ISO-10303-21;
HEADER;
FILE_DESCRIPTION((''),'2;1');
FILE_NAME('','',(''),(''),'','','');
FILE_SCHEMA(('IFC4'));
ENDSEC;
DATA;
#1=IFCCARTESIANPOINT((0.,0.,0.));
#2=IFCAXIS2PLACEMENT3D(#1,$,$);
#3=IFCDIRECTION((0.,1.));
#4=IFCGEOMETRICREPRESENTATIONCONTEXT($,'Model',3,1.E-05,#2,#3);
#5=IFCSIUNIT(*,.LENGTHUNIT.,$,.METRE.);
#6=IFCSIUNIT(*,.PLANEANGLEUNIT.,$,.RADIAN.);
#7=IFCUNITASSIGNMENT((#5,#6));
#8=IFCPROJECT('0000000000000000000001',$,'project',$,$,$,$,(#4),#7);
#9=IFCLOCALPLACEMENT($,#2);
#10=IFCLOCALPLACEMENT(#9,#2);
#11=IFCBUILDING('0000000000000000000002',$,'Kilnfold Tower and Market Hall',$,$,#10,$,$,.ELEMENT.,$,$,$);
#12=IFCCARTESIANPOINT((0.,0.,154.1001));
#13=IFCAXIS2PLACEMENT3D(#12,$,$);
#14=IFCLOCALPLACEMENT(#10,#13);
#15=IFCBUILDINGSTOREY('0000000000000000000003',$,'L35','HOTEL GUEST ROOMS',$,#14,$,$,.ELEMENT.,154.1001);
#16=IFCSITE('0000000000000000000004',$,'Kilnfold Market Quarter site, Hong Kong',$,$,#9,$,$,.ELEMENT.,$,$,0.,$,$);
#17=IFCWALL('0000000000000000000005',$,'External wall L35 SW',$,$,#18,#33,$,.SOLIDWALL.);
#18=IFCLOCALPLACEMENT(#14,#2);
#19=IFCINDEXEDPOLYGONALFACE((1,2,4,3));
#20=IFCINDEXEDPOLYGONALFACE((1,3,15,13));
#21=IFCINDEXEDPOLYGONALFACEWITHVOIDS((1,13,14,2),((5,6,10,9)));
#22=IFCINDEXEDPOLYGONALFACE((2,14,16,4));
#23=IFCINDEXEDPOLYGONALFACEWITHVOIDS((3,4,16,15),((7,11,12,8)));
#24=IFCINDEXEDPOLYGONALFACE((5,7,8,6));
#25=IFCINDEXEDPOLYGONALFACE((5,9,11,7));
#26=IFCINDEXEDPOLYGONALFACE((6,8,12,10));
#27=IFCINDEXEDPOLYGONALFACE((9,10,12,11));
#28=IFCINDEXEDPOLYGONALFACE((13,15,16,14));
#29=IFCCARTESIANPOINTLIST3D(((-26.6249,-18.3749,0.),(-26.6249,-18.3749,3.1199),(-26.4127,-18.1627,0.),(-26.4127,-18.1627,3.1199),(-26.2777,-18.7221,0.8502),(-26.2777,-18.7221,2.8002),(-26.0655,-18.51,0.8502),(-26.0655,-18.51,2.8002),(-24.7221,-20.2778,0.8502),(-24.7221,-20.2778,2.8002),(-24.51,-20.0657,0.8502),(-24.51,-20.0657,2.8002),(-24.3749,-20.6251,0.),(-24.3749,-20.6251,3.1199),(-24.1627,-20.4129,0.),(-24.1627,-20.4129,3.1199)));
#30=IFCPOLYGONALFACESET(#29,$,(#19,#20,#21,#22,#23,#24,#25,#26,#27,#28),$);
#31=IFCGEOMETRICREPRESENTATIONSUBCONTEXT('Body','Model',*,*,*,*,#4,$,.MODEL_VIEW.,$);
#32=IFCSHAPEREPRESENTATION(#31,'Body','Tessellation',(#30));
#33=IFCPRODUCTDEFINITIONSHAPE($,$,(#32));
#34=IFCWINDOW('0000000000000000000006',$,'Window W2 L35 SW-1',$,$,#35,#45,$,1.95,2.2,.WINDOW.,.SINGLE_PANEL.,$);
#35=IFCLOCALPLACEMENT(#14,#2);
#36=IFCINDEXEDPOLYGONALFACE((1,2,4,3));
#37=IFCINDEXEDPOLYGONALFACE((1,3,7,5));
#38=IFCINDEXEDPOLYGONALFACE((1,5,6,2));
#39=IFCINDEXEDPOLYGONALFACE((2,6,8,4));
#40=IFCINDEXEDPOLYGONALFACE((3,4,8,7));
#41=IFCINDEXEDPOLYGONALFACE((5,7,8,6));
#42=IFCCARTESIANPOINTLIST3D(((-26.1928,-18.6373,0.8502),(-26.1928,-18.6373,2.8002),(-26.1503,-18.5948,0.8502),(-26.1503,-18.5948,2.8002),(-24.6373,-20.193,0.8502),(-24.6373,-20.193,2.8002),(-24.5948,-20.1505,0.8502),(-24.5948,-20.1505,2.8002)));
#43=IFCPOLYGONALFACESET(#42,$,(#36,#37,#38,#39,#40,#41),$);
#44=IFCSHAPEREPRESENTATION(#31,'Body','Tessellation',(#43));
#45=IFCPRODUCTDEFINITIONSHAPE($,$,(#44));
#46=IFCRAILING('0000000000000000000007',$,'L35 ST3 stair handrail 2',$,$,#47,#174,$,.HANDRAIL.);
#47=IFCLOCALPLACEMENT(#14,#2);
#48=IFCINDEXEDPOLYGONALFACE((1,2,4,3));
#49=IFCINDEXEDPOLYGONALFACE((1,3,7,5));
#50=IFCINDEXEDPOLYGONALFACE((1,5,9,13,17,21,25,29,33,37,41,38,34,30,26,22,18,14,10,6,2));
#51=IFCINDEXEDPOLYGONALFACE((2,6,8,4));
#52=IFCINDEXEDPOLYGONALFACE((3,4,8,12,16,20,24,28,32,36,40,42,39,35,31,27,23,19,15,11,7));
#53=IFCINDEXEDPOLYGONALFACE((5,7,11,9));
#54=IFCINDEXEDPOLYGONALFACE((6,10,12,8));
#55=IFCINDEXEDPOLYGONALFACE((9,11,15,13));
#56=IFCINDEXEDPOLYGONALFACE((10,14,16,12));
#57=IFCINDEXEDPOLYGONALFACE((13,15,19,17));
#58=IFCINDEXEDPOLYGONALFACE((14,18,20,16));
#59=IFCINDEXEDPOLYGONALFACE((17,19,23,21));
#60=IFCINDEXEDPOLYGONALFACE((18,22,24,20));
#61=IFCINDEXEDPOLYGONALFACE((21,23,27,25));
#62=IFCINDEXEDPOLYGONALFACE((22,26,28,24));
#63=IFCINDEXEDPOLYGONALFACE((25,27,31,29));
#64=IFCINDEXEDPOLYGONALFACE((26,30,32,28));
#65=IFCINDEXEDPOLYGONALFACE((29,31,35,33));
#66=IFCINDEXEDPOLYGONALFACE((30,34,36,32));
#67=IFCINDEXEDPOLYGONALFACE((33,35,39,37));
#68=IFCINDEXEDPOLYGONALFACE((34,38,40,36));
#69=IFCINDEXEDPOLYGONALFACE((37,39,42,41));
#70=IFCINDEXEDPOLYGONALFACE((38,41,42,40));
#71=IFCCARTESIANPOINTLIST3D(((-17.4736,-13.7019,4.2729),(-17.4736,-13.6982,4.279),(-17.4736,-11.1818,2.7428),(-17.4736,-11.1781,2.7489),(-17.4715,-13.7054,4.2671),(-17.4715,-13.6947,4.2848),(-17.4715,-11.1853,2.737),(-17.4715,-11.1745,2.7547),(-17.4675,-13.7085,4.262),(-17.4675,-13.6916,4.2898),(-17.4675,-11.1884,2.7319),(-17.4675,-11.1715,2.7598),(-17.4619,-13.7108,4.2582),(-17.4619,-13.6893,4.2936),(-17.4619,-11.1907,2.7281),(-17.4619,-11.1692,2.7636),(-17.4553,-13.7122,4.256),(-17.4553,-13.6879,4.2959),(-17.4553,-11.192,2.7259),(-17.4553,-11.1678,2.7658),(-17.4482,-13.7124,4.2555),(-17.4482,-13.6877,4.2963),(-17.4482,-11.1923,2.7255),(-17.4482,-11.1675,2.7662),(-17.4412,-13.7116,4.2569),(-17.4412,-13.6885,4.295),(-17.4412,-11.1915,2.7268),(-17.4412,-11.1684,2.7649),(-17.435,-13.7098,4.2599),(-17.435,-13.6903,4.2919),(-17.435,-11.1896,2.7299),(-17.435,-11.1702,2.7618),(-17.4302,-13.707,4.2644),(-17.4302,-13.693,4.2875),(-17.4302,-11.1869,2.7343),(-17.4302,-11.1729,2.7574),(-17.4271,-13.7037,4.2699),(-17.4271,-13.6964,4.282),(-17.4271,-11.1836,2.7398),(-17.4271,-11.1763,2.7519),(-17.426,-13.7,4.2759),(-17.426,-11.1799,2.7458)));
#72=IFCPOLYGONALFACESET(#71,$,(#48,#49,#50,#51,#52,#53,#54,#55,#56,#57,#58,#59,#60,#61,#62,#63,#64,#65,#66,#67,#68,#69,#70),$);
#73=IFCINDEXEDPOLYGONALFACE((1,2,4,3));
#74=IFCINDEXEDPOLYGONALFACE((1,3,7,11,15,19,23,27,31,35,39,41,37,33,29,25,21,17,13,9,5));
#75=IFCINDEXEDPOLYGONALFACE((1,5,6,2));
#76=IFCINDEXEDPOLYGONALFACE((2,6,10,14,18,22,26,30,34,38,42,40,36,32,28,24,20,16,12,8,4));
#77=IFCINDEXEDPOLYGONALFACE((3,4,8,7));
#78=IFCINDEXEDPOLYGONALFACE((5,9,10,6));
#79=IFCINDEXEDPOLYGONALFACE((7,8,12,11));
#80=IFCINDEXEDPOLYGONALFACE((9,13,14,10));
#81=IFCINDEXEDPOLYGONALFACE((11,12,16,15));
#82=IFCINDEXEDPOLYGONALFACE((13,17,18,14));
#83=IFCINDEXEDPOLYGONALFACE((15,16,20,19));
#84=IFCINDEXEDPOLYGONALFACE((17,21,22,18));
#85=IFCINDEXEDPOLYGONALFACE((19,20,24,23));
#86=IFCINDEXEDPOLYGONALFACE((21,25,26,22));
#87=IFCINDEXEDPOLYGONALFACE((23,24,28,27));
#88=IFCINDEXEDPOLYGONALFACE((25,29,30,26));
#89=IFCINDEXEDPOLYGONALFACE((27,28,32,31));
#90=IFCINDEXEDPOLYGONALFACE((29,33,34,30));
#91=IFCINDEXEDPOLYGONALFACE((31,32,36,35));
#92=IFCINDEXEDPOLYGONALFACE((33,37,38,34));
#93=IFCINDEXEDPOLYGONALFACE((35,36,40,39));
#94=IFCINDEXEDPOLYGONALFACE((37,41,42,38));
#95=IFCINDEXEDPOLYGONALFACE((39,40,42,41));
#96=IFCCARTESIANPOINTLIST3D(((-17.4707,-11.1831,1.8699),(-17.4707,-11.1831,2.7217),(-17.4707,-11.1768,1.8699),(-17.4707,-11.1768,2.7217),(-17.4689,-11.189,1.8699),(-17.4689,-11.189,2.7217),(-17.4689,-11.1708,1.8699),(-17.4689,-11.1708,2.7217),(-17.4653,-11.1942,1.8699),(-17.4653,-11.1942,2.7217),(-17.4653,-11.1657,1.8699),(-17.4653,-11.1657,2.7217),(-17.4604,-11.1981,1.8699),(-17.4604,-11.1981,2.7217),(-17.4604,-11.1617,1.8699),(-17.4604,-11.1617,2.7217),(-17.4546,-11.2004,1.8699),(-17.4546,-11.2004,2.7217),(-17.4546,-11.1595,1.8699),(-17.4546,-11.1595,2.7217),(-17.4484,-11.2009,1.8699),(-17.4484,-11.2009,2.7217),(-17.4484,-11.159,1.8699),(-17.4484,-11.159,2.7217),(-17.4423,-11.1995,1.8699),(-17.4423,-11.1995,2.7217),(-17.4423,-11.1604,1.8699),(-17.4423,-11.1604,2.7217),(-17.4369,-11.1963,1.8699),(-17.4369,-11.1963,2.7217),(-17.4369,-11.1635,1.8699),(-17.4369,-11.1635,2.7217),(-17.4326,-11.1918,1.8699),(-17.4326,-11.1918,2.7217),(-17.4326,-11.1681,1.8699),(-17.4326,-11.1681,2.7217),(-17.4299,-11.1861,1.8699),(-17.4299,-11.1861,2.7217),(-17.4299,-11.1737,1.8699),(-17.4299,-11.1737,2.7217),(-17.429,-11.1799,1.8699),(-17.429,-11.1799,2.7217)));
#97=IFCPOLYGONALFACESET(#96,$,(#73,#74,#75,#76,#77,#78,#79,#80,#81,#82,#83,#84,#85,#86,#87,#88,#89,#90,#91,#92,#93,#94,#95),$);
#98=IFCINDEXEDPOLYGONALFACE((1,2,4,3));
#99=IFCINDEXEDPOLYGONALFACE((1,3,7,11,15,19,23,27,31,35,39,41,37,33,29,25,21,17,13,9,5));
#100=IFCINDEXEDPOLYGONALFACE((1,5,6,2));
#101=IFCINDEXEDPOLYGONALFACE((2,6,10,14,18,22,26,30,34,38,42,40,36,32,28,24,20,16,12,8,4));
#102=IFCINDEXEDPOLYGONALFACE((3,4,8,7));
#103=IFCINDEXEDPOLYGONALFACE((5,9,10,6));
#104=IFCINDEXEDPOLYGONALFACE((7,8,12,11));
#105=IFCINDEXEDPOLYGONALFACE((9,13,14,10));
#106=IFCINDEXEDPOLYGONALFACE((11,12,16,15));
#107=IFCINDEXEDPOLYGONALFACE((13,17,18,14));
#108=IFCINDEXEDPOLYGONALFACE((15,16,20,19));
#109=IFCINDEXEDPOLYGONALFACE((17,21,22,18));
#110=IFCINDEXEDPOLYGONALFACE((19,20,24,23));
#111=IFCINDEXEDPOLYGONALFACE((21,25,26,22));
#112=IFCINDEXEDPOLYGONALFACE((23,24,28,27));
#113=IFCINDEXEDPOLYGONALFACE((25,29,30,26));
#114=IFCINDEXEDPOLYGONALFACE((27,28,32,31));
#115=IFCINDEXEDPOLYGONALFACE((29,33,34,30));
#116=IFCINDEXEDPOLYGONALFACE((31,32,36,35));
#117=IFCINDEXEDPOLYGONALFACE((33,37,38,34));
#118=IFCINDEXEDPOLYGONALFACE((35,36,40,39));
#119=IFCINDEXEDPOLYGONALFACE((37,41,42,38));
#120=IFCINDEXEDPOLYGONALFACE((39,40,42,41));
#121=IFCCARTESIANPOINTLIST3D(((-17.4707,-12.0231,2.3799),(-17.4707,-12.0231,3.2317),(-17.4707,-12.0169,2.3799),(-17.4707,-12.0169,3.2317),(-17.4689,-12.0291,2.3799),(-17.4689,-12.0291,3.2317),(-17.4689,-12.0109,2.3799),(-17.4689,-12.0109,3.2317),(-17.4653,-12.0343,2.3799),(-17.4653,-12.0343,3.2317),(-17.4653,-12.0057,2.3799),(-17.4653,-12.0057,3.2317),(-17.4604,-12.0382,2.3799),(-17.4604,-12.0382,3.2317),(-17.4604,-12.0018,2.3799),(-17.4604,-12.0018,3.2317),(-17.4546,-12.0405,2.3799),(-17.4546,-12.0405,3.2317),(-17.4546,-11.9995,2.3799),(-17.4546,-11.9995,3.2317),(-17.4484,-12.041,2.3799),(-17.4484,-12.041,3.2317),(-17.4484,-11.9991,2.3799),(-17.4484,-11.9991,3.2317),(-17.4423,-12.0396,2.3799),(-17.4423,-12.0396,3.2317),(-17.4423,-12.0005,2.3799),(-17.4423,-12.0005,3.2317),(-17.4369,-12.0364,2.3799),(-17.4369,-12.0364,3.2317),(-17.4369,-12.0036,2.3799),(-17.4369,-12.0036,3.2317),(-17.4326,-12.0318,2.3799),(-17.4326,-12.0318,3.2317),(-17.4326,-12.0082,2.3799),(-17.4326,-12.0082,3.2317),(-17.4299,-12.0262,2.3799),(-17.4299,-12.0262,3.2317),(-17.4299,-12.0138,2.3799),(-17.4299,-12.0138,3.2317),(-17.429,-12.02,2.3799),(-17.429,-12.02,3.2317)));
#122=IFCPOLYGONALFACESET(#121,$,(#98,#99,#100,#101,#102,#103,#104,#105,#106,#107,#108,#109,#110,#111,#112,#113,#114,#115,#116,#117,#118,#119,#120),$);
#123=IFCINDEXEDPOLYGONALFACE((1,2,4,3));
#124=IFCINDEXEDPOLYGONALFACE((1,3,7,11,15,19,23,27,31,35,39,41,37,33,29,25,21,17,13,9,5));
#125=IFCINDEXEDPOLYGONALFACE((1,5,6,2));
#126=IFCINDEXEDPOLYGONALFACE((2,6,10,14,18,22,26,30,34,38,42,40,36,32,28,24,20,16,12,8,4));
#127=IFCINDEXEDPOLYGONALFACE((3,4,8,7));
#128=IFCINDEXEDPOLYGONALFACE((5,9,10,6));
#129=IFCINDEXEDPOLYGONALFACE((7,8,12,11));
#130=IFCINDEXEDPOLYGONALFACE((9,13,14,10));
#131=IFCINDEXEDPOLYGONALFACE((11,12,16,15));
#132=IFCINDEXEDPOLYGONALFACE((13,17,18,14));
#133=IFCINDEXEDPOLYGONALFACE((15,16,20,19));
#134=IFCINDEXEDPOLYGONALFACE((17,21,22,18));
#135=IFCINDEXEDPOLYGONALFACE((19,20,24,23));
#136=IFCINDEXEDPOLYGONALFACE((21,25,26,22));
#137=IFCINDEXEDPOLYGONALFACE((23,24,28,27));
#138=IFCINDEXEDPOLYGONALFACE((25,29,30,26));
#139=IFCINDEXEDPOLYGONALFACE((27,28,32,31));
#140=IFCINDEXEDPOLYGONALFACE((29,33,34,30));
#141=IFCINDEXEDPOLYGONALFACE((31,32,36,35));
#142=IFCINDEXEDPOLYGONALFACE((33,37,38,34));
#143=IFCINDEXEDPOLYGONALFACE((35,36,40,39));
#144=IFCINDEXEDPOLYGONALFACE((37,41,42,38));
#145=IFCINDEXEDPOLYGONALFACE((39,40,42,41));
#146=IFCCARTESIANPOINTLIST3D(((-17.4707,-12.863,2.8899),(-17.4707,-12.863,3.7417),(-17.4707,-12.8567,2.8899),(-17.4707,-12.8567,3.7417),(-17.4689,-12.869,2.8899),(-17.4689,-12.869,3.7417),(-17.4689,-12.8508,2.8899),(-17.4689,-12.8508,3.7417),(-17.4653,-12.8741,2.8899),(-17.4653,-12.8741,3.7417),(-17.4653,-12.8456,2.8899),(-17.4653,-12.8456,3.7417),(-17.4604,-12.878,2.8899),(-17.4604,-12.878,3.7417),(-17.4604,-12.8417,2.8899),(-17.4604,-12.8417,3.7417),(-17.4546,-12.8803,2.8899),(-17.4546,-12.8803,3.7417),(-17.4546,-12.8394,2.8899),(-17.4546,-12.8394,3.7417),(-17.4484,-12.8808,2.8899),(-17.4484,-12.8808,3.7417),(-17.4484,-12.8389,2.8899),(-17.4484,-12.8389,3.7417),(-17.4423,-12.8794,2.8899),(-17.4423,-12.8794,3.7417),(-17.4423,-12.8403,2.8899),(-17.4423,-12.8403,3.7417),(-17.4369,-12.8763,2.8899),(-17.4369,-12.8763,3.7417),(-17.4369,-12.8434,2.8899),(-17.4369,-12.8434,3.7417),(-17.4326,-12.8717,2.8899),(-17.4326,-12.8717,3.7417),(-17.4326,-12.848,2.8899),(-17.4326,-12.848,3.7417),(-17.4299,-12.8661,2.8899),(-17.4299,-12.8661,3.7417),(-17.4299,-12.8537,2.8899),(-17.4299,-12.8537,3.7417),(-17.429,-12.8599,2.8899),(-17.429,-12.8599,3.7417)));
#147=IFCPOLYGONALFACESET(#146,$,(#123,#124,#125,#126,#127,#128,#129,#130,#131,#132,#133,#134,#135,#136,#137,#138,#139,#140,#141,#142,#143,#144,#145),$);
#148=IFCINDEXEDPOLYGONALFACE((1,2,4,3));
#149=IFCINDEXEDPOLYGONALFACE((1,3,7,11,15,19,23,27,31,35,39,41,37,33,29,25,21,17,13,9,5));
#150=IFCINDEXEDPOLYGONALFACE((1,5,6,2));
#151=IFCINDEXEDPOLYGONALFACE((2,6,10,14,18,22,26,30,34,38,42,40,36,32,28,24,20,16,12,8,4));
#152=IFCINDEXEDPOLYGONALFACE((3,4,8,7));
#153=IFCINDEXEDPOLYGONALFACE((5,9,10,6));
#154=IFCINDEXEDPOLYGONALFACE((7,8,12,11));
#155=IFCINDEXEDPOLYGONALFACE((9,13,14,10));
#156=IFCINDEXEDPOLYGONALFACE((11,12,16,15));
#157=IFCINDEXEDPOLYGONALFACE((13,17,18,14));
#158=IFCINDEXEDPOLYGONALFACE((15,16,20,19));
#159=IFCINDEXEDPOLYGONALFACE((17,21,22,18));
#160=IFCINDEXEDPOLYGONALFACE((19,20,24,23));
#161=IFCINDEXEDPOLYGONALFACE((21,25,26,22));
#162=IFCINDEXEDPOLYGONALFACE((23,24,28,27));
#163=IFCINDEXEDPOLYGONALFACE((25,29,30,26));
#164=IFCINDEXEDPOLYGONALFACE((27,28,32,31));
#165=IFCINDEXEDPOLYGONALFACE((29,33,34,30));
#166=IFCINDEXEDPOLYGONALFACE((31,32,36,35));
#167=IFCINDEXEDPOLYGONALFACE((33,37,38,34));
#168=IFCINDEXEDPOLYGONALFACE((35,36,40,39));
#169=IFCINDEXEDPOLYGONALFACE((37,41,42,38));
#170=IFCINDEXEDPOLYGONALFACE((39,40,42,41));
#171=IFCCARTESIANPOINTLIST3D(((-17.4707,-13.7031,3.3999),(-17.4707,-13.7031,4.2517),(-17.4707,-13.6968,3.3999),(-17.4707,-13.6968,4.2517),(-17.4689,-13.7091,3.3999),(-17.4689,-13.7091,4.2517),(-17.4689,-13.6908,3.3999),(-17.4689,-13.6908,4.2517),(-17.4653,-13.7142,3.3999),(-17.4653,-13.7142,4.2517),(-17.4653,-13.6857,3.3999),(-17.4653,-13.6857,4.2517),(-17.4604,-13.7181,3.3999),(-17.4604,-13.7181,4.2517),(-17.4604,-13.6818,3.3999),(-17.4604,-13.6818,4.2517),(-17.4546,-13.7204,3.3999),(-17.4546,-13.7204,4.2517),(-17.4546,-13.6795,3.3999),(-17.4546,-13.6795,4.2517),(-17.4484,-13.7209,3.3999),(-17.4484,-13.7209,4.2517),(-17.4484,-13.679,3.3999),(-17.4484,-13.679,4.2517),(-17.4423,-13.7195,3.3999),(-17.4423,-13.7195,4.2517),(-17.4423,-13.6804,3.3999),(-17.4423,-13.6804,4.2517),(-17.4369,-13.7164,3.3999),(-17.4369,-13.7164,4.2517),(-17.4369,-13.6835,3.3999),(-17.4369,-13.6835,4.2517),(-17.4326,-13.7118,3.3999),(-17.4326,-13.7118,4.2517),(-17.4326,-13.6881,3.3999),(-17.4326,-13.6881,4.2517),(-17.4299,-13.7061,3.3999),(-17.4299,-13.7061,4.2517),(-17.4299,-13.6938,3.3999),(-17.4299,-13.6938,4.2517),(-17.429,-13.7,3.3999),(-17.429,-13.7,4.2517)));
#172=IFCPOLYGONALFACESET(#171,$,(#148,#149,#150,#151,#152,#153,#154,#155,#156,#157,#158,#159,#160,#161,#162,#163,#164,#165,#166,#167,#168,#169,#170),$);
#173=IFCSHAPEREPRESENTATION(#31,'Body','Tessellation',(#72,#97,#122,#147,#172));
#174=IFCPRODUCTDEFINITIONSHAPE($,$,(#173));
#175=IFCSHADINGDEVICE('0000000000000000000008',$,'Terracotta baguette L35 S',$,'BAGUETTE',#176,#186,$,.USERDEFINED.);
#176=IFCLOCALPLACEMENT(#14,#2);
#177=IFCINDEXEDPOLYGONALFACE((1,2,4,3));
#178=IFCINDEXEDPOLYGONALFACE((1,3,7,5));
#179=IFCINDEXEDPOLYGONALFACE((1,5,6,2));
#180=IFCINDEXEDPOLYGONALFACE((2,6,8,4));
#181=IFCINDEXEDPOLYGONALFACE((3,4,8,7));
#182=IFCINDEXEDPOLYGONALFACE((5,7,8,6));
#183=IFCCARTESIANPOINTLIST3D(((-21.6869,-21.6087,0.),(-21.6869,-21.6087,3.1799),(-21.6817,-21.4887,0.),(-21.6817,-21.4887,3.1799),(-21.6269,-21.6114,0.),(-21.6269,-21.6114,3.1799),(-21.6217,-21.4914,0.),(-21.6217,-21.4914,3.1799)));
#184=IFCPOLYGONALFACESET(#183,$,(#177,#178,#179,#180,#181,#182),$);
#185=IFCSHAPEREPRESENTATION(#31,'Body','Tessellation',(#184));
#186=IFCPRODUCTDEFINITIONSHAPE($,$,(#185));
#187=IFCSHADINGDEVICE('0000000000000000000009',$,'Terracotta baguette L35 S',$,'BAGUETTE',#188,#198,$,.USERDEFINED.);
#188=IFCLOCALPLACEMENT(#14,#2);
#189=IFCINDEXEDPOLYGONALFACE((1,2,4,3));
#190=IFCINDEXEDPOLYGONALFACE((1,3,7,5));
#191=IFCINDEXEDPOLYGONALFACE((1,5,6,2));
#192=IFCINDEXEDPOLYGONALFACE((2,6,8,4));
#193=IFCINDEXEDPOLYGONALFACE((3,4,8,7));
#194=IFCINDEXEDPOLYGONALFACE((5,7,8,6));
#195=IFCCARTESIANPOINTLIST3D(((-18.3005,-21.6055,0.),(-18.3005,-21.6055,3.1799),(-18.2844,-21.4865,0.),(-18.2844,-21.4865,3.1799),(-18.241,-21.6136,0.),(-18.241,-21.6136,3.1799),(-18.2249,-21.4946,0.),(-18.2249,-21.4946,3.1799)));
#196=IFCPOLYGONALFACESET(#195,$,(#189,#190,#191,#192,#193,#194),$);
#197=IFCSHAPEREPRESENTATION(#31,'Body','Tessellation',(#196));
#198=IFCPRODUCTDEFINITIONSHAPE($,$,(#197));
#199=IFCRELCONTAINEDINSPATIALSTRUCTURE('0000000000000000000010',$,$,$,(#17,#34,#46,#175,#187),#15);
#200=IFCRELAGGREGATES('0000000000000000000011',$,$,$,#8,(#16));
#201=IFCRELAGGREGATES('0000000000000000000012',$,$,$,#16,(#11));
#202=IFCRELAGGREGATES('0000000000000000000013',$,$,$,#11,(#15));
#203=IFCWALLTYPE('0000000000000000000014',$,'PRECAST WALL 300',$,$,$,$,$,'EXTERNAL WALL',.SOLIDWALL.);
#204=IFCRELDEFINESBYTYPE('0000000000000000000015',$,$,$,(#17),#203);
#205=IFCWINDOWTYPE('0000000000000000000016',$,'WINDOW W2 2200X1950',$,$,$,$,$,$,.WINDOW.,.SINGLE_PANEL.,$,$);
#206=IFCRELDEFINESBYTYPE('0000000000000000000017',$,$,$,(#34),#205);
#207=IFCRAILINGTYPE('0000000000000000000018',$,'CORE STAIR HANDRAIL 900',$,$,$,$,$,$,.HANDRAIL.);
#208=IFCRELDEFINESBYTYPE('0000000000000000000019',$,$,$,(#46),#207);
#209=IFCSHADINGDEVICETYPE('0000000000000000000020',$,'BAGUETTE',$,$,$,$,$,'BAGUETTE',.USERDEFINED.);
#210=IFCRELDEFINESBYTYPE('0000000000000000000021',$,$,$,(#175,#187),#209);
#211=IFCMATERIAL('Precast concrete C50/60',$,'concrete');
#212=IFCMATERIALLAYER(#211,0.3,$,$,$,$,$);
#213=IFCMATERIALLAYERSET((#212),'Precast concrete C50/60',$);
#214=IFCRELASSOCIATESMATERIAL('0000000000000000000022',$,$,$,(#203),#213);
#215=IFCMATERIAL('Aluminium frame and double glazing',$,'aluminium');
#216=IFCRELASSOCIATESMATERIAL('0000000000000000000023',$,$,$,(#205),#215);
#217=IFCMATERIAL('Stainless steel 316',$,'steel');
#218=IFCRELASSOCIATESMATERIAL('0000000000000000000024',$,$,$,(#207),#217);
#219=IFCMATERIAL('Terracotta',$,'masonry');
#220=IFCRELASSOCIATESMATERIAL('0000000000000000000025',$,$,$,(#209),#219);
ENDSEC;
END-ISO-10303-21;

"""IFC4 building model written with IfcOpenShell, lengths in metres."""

from ifc_helpers import new_model, si_unit, direction, frame, frame_2d, origin, origin_2d, place, context, subcontext, project, spatial, rectangle, circle, extrude, source, transform, mapped, material, layer, layer_set, material_profile, profile_set, type_object, element, fill, save


model = new_model("IFC4")

# Units and contexts
model_context = context("Model", 3, precision=1e-05, world=origin(), true_north=direction((0.0, 1.0)))
body_context = subcontext(model_context, "Body", "Model", "MODEL_VIEW")
ifc_project = project(units=[si_unit("LENGTHUNIT", "METRE"), si_unit("PLANEANGLEUNIT", "RADIAN")], contexts=[model_context])

# Site, building, storey
site_placement = place(None, origin())
site = spatial("IfcSite", under=ifc_project, at=site_placement, Name="Kilnfold Market Quarter site, Hong Kong", CompositionType="ELEMENT", RefElevation=0.0)
building_placement = place(site_placement, origin())
building = spatial("IfcBuilding", under=site, at=building_placement, Name="Kilnfold Tower and Market Hall", CompositionType="ELEMENT")
storey_placement = place(building_placement, frame((0.0, 0.0, 154.1001)))
storey = spatial("IfcBuildingStorey", under=building, at=storey_placement, Name="L35", Description="HOTEL GUEST ROOMS", CompositionType="ELEMENT", Elevation=154.1001)

# Shared definitions
ifc_material_1 = material(Name="Precast concrete C50/60", Category="concrete")
ifc_layer_1 = layer(ifc_material_1, 0.3)
ifc_layer_set_1 = layer_set([ifc_layer_1], Name="Precast concrete C50/60")
wall_type_1 = type_object("IfcWallType", Name="PRECAST WALL 300", ElementType="EXTERNAL WALL", PredefinedType="SOLIDWALL", material=ifc_layer_set_1)

# Wall, opening, window
shared_shape_1 = source(origin(), body_context, "Body", "SweptSolid", [
    extrude(rectangle(XDim=3.1821, YDim=0.3, at=frame_2d((1.5911, 0.0))), origin(), (0.0, 0.0, 1.0), 3.1199),
])
wall_1_placement = place(storey_placement, frame((-26.5188, -18.2688, 0.0), z_axis=(0.0, 0.0, 1.0), x_axis=(0.707068, -0.707145, 0.0)))
wall_1 = element("IfcWall", 1, at=wall_1_placement, inside=storey, type_object=wall_type_1, Name="External wall L35 SW", PredefinedType="SOLIDWALL", context=body_context, shape_type="MappedRepresentation", body=[
    mapped(shared_shape_1, transform((0.0, 0.0, 0.0))),
])
opening_1_placement = place(wall_1_placement, frame((0.491, 0.0, 0.8501)))
opening_1 = element("IfcOpeningElement", 2, at=opening_1_placement, cuts=wall_1, PredefinedType="OPENING", context=body_context, shape_type="SweptSolid", body=[
    extrude(rectangle(XDim=2.2, YDim=1.95, at=frame_2d((1.1001, 0.9751))), frame((0.0, 0.1602, 0.0), z_axis=(0.0, -1.0, 0.0), x_axis=(1.0, 0.0, 0.0)), (0.0, 0.0, 1.0), 0.3201),
])
ifc_material_2 = material(Name="Aluminium frame and double glazing", Category="aluminium")
window_type_1 = type_object("IfcWindowType", Name="WINDOW W2 2200X1950", PartitioningType="SINGLE_PANEL", PredefinedType="WINDOW", material=ifc_material_2)
window_1_placement = place(opening_1_placement, origin())
window_1 = element("IfcWindow", 3, at=window_1_placement, inside=storey, type_object=window_type_1, Name="Window W2 L35 SW-1", OverallHeight=1.95, OverallWidth=2.2, PartitioningType="SINGLE_PANEL", PredefinedType="WINDOW", context=body_context, shape_type="SweptSolid", body=[
    extrude(rectangle(XDim=2.2, YDim=1.95, at=frame_2d((1.1001, 0.9751))), frame((0.0, 0.03, 0.0), z_axis=(0.0, -1.0, 0.0), x_axis=(1.0, 0.0, 0.0)), (0.0, 0.0, 1.0), 0.0601),
])
fill(opening_1, window_1)

# Railing
ifc_material_3 = material(Name="Stainless steel 316", Category="steel")
railing_type_1 = type_object("IfcRailingType", Name="CORE STAIR HANDRAIL 900", PredefinedType="HANDRAIL", material=ifc_material_3)
railing_1_placement = place(storey_placement, frame((-17.45, -11.1799, 1.8699)))
element("IfcRailing", 4, at=railing_1_placement, inside=storey, type_object=railing_type_1, Name="L35 ST3 stair handrail 2", PredefinedType="HANDRAIL", context=body_context, shape_type="SweptSolid", body=[
    extrude(circle(Radius=0.0239, at=origin_2d()), frame((0.0, 0.0, 0.876), z_axis=(0.0, -0.854785, 0.518982), x_axis=(1.0, 0.0, 0.0)), (0.0, 0.0, 1.0), 2.9482),
    extrude(circle(Radius=0.021, at=origin_2d()), origin(), (0.0, 0.0, 1.0), 0.8518),
    extrude(circle(Radius=0.021, at=origin_2d()), frame((0.0, -0.8401, 0.51)), (0.0, 0.0, 1.0), 0.8518),
    extrude(circle(Radius=0.021, at=origin_2d()), frame((0.0, -1.6799, 1.02)), (0.0, 0.0, 1.0), 0.8518),
    extrude(circle(Radius=0.021, at=origin_2d()), frame((0.0, -2.52, 1.53)), (0.0, 0.0, 1.0), 0.8518),
])

# Shading devices
ifc_material_4 = material(Name="Terracotta", Category="masonry")
ifc_material_profile_1 = material_profile(ifc_material_4, rectangle(XDim=0.0601, YDim=0.1201, at=origin_2d()), Name="BAG 60x120")
ifc_profile_set_1 = profile_set([ifc_material_profile_1], Name="Terracotta")
shading_device_type = type_object("IfcShadingDeviceType", Name="BAGUETTE", ElementType="BAGUETTE", PredefinedType="USERDEFINED", material=ifc_profile_set_1)
shared_shape_2 = source(origin(), body_context, "Body", "SweptSolid", [
    extrude(rectangle(XDim=0.0601, YDim=0.1201, at=origin_2d()), origin(), (0.0, 0.0, 1.0), 3.1799),
])
for number, where, z_axis, x_axis, name in (
    (5, (-21.6543, -21.55, 0.0), (0.0, 0.0, 1.0), (0.999044, -0.043717, 0.0), "Terracotta baguette L35 S"),
    (6, (-18.2627, -21.55, 0.0), (0.0, 0.0, 1.0), (0.990959, -0.134164, 0.0), "Terracotta baguette L35 S"),
):
    element("IfcShadingDevice", number, at=place(storey_placement, frame(where, z_axis=z_axis, x_axis=x_axis)), inside=storey, type_object=shading_device_type, Name=name, ObjectType="BAGUETTE", PredefinedType="USERDEFINED", context=body_context, shape_type="MappedRepresentation", body=[
        mapped(shared_shape_2, transform((0.0, 0.0, 0.0))),
    ])

save(model, "model.ifc")
